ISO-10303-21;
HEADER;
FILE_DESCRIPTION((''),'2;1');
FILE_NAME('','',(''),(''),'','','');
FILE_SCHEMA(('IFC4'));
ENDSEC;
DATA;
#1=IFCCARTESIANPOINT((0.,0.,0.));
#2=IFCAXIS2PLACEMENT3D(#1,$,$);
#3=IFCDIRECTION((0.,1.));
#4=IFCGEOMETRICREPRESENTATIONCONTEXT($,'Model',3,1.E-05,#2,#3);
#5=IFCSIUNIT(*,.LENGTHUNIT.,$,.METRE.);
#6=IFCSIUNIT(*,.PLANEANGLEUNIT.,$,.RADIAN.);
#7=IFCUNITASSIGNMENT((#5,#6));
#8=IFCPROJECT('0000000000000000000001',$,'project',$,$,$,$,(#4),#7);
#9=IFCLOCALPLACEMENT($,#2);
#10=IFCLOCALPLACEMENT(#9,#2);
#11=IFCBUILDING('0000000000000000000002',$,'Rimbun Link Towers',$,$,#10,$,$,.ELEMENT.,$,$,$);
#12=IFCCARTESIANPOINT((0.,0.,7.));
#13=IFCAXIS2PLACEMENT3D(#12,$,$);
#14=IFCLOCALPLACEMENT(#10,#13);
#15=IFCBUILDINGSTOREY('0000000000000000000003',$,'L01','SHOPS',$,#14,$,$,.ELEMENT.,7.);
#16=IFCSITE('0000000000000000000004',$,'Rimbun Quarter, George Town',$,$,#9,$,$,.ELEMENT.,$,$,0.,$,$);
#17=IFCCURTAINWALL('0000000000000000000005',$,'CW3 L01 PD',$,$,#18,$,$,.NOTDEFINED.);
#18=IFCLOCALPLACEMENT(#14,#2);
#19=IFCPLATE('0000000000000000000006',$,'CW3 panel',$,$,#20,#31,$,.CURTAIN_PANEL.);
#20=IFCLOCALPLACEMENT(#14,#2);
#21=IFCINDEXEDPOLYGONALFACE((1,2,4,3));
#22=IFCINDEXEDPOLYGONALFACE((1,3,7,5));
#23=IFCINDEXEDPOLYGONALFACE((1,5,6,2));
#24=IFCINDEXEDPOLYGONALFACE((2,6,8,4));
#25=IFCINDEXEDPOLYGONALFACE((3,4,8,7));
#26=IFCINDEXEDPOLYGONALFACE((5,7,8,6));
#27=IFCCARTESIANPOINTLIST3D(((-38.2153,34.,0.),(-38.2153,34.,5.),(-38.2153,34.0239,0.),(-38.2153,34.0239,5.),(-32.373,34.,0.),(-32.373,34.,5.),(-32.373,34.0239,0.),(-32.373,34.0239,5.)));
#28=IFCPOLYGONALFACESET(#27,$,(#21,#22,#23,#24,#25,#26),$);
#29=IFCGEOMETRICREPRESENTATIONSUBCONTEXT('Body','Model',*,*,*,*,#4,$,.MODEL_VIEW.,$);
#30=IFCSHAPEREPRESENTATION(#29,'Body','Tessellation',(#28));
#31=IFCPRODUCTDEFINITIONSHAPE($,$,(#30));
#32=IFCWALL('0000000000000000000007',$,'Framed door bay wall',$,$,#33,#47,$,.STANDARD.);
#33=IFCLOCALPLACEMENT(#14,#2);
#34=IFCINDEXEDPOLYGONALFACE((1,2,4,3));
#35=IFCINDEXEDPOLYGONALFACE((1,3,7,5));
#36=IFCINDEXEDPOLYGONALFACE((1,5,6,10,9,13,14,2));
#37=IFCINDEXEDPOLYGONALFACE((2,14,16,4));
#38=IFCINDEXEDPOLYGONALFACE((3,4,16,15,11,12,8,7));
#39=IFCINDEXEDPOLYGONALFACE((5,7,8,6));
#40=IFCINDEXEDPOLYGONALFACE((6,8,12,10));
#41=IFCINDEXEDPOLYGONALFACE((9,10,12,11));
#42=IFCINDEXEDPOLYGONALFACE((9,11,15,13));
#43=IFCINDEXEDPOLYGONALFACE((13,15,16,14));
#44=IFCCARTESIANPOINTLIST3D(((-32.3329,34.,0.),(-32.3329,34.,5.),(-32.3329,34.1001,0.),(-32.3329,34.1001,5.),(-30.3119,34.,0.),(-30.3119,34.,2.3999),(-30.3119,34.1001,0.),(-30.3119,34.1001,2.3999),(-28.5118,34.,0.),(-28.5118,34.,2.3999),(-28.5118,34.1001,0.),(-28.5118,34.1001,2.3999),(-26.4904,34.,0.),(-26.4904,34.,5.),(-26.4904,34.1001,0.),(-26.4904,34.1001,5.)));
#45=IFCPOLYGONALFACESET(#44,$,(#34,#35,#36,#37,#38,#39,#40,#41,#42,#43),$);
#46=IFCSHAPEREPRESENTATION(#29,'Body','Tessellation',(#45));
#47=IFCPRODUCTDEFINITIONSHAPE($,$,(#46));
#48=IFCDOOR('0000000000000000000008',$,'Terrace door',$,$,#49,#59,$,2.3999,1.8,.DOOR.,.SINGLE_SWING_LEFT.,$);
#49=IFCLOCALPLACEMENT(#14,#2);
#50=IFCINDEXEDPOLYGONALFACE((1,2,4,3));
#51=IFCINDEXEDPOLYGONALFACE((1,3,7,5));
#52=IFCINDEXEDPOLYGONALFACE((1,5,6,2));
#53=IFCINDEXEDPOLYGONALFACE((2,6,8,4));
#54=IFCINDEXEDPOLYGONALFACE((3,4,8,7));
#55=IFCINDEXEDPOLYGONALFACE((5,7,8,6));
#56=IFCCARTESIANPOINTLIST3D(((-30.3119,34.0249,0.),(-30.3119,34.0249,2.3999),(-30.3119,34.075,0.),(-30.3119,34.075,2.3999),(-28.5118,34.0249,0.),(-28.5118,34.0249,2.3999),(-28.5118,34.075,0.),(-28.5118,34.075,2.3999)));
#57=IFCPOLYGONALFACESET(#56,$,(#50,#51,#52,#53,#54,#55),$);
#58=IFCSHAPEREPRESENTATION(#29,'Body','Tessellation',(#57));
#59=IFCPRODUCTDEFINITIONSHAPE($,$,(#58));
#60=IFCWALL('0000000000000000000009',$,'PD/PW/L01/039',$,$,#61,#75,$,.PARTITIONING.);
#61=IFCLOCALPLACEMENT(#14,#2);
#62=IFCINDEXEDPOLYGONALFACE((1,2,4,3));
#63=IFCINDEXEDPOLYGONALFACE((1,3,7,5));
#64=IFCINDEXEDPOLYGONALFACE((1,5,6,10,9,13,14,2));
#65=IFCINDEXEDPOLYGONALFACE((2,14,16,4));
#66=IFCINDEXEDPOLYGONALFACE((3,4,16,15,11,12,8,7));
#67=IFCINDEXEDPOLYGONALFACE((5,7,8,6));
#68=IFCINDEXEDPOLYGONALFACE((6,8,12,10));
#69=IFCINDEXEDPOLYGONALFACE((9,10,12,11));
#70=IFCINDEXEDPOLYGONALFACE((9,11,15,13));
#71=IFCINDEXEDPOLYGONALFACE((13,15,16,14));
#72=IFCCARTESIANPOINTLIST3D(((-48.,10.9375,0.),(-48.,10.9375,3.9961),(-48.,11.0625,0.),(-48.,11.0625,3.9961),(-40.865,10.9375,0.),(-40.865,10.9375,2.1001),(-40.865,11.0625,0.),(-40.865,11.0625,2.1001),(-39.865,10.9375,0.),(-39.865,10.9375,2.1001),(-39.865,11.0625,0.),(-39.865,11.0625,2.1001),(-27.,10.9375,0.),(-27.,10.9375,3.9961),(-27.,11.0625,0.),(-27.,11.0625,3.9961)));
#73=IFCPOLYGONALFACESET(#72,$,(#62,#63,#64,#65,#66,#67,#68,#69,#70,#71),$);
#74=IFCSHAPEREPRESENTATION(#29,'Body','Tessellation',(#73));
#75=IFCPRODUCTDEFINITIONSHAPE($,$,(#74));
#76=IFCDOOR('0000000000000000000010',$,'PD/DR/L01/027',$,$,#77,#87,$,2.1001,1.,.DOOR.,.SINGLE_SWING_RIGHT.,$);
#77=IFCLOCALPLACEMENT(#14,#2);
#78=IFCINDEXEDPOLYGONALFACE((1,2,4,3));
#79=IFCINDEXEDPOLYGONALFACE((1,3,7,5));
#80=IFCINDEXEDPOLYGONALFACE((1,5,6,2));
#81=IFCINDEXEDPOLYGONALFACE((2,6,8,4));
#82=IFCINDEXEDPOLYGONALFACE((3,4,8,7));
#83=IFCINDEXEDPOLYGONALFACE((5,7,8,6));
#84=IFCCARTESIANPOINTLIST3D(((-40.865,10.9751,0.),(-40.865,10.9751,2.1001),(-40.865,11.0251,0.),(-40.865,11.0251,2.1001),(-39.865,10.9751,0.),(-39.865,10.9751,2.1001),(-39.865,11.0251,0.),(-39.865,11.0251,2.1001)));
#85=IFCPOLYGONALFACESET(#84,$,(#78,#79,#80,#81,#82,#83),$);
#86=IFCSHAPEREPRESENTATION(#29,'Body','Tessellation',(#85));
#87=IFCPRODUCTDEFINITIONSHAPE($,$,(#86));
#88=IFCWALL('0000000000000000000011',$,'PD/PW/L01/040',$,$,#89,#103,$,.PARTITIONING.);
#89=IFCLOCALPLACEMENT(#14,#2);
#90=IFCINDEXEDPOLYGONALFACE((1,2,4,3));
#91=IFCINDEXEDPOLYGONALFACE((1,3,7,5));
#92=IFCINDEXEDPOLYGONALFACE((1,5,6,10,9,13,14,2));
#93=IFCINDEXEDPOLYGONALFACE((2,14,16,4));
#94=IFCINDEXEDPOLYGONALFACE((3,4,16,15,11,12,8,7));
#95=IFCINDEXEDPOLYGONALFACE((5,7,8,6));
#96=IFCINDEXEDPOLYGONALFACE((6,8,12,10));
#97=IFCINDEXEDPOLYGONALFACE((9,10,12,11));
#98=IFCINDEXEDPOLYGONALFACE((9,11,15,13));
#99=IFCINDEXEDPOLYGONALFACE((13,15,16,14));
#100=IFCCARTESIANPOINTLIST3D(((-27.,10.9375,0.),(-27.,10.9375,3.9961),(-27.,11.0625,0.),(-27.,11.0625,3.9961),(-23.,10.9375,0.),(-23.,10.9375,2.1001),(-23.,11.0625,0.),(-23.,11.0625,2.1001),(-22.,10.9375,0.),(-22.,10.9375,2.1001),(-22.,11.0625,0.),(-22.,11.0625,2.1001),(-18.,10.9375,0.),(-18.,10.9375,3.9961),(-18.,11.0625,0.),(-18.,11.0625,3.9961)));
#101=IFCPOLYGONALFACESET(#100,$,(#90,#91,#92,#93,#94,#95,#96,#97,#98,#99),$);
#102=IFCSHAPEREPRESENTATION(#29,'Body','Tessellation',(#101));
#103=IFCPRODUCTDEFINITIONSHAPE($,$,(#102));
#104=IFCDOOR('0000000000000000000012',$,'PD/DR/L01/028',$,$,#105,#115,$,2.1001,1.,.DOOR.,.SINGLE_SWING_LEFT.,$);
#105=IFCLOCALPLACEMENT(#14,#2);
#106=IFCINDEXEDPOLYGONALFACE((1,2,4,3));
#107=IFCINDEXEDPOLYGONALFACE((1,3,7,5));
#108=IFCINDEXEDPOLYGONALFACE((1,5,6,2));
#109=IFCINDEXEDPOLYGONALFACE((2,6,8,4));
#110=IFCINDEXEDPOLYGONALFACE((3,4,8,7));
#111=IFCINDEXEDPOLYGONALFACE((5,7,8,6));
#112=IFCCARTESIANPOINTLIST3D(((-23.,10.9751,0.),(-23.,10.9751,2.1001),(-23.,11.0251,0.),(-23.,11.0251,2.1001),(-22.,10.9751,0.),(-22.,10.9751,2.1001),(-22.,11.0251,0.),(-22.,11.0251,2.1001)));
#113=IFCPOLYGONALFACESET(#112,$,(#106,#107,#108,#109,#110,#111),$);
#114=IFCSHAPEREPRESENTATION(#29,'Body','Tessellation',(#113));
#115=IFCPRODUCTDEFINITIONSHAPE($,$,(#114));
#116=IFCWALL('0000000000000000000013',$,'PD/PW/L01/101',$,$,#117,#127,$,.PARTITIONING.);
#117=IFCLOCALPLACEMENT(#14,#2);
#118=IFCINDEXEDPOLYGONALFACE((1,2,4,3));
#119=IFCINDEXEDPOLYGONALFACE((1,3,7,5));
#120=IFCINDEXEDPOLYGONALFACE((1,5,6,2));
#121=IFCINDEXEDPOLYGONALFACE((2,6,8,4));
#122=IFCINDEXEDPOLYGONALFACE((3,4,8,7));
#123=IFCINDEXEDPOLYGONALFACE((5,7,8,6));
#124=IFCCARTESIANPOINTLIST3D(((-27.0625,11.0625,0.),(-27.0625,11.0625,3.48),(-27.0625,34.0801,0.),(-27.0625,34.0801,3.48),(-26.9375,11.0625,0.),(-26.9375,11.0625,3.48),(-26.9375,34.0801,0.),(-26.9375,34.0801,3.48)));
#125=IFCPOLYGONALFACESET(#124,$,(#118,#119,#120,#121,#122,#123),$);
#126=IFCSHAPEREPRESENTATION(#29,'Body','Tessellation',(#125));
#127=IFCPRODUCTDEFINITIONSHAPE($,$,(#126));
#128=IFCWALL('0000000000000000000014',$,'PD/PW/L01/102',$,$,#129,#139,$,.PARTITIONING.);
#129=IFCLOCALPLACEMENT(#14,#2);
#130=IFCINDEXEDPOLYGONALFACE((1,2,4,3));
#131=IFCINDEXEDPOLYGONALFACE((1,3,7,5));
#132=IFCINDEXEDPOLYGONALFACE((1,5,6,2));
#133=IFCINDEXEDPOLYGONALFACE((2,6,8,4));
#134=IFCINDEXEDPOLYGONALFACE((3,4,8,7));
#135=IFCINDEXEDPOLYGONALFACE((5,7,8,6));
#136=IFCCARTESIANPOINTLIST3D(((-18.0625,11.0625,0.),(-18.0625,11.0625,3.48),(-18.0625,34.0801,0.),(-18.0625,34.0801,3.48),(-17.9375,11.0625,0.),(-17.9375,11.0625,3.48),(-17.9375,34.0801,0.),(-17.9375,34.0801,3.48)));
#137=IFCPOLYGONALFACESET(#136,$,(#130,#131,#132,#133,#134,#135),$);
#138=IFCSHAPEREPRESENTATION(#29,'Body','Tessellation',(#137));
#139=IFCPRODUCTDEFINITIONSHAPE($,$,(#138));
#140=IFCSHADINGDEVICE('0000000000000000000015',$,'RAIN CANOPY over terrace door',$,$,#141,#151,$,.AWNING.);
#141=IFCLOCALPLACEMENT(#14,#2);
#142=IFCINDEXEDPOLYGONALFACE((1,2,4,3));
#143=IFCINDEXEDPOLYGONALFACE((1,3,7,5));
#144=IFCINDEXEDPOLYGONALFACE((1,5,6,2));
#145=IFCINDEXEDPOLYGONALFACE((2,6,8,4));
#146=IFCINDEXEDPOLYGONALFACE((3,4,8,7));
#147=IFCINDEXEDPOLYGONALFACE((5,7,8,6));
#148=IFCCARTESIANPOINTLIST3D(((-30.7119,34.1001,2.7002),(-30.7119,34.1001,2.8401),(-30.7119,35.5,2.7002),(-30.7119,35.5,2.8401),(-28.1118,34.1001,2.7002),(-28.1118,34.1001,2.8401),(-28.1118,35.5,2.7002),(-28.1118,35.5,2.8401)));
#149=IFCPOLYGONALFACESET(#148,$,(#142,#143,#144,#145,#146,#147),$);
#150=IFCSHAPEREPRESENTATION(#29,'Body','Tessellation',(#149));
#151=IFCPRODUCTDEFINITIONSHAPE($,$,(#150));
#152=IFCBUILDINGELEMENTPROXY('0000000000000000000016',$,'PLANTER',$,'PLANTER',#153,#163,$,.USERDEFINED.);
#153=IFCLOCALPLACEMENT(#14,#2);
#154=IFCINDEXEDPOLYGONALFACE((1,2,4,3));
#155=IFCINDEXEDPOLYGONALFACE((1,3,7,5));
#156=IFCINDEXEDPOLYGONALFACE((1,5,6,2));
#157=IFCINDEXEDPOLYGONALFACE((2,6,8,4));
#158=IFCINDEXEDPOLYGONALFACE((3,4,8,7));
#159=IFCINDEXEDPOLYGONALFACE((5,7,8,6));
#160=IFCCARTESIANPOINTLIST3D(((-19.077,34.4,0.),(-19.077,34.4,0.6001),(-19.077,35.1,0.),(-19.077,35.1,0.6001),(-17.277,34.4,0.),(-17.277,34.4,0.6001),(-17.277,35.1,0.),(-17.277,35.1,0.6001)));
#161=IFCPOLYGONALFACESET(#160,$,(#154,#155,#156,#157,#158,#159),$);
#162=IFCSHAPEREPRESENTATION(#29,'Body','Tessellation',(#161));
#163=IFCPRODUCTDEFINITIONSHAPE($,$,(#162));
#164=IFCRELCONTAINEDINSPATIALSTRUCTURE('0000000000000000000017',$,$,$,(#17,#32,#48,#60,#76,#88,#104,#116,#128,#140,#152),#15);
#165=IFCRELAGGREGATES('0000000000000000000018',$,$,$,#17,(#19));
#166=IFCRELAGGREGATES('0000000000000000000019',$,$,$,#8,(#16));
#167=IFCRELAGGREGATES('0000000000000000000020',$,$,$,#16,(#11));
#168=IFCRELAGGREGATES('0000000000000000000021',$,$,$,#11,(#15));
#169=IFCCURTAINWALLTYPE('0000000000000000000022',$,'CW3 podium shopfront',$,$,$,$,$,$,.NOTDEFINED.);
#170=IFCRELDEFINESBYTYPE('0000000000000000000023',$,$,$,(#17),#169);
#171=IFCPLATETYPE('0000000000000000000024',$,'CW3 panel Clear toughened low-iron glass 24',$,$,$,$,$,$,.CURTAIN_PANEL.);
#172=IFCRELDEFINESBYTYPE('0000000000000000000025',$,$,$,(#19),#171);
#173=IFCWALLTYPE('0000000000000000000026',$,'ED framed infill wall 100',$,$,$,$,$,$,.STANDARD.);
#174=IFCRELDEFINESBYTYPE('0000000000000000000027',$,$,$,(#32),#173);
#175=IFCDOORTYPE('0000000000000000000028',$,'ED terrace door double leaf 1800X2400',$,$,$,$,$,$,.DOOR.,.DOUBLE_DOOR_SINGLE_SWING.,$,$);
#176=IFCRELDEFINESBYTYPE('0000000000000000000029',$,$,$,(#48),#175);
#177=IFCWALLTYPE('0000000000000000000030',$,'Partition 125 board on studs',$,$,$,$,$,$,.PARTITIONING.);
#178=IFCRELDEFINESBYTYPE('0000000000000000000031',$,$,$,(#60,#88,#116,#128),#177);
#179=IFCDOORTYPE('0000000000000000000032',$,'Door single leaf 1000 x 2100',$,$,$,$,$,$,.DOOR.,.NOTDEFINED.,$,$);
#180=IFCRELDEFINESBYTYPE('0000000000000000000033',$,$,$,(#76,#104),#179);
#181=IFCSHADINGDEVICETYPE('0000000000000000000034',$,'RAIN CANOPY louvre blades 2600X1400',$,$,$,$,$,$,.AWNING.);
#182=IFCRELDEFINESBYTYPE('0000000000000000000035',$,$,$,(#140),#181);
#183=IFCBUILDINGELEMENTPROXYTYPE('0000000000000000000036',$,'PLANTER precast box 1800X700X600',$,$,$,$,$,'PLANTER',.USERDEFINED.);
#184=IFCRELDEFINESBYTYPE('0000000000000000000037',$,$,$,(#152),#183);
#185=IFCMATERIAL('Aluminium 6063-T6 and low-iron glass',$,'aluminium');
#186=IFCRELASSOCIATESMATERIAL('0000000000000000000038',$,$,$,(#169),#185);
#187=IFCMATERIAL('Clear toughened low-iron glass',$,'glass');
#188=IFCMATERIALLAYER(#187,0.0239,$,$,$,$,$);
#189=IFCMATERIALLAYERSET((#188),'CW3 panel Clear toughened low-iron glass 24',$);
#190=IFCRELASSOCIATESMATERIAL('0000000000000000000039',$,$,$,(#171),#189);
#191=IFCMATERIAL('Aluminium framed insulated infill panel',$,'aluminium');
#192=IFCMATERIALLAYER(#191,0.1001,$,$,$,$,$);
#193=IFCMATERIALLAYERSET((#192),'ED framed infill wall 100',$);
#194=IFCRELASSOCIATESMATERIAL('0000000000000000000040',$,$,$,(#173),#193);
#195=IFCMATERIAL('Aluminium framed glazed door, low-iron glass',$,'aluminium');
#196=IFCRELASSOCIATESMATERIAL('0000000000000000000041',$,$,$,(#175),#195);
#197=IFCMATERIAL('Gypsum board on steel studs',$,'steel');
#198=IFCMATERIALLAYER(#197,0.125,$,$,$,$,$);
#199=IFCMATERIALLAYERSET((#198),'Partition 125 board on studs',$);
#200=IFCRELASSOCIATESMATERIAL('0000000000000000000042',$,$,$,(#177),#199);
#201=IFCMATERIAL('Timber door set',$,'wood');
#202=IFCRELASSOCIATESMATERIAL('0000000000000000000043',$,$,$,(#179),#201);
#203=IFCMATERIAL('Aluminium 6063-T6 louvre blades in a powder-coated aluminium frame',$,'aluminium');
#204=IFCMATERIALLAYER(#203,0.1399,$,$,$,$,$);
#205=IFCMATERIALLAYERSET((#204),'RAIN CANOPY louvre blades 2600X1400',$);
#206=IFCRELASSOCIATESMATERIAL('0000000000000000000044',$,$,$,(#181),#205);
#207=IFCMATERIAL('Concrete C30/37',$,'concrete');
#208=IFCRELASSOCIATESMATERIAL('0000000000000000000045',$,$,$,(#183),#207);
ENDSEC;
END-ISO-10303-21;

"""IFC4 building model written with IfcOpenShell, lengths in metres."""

from ifc_helpers import new_model, si_unit, direction, frame, frame_2d, origin, origin_2d, place, context, subcontext, project, spatial, rectangle, extrude, material, layer, layer_set, type_object, element, fill, aggregate, save


model = new_model("IFC4")

# Units and contexts
model_context = context("Model", 3, precision=1e-05, world=origin(), true_north=direction((0.0, 1.0)))
body_context = subcontext(model_context, "Body", "Model", "MODEL_VIEW")
ifc_project = project(units=[si_unit("LENGTHUNIT", "METRE"), si_unit("PLANEANGLEUNIT", "RADIAN")], contexts=[model_context])

# Site, building, storey
site_placement = place(None, origin())
site = spatial("IfcSite", under=ifc_project, at=site_placement, Name="Rimbun Quarter, George Town", CompositionType="ELEMENT", RefElevation=0.0)
building_placement = place(site_placement, origin())
building = spatial("IfcBuilding", under=site, at=building_placement, Name="Rimbun Link Towers", CompositionType="ELEMENT")
storey_placement = place(building_placement, frame((0.0, 0.0, 7.0)))
storey = spatial("IfcBuildingStorey", under=building, at=storey_placement, Name="L01", Description="SHOPS", CompositionType="ELEMENT", Elevation=7.0)

# Curtain wall
ifc_material_1 = material(Name="Aluminium 6063-T6 and low-iron glass", Category="aluminium")
curtain_wall_type = type_object("IfcCurtainWallType", Name="CW3 podium shopfront", PredefinedType="NOTDEFINED", material=ifc_material_1)
curtain_wall_placement = place(storey_placement, origin())
curtain_wall = element("IfcCurtainWall", 1, at=curtain_wall_placement, inside=storey, type_object=curtain_wall_type, Name="CW3 L01 PD", PredefinedType="NOTDEFINED")

# Plate
ifc_material_2 = material(Name="Clear toughened low-iron glass", Category="glass")
ifc_layer_1 = layer(ifc_material_2, 0.0239)
ifc_layer_set_1 = layer_set([ifc_layer_1], Name="CW3 panel Clear toughened low-iron glass 24")
plate_type = type_object("IfcPlateType", Name="CW3 panel Clear toughened low-iron glass 24", PredefinedType="CURTAIN_PANEL", material=ifc_layer_set_1)
plate_1_placement = place(storey_placement, frame((-35.2942, 34.012, 0.0), z_axis=(0.0, 0.0, 1.0), x_axis=(1.0, 0.0, 0.0)))
plate_1 = element("IfcPlate", 2, at=plate_1_placement, type_object=plate_type, Name="CW3 panel", PredefinedType="CURTAIN_PANEL", context=body_context, shape_type="SweptSolid", body=[
    extrude(rectangle(XDim=5.8423, YDim=0.0239, at=origin_2d()), origin(), (0.0, 0.0, 1.0), 5.0),
])
aggregate(curtain_wall, [plate_1])

# Walls, openings, doors
ifc_material_3 = material(Name="Aluminium framed insulated infill panel", Category="aluminium")
ifc_layer_2 = layer(ifc_material_3, 0.1001)
ifc_layer_set_2 = layer_set([ifc_layer_2], Name="ED framed infill wall 100")
wall_type_1 = type_object("IfcWallType", Name="ED framed infill wall 100", PredefinedType="STANDARD", material=ifc_layer_set_2)
wall_1_placement = place(storey_placement, frame((-32.333, 34.05, 0.0), z_axis=(0.0, 0.0, 1.0), x_axis=(1.0, 0.0, 0.0)))
wall_1 = element("IfcWall", 3, at=wall_1_placement, inside=storey, type_object=wall_type_1, Name="Framed door bay wall", PredefinedType="STANDARD", context=body_context, shape_type="SweptSolid", body=[
    extrude(rectangle(XDim=5.8425, YDim=0.1001, at=frame_2d((2.9214, 0.0))), origin(), (0.0, 0.0, 1.0), 5.0),
])
opening_1_placement = place(wall_1_placement, frame((2.0212, 0.0, 0.0)))
opening_1 = element("IfcOpeningElement", 4, at=opening_1_placement, cuts=wall_1, PredefinedType="OPENING", context=body_context, shape_type="SweptSolid", body=[
    extrude(rectangle(XDim=1.8, YDim=2.3999, at=frame_2d((0.8999, 1.2))), frame((0.0, 0.0601, 0.0), z_axis=(0.0, -1.0, 0.0), x_axis=(1.0, 0.0, 0.0)), (0.0, 0.0, 1.0), 0.1201),
])
ifc_material_4 = material(Name="Aluminium framed glazed door, low-iron glass", Category="aluminium")
door_type_1 = type_object("IfcDoorType", Name="ED terrace door double leaf 1800X2400", OperationType="DOUBLE_DOOR_SINGLE_SWING", PredefinedType="DOOR", material=ifc_material_4)
door_1_placement = place(opening_1_placement, origin())
door_1 = element("IfcDoor", 5, at=door_1_placement, inside=storey, type_object=door_type_1, Name="Terrace door", OperationType="SINGLE_SWING_LEFT", OverallHeight=2.3999, OverallWidth=1.8, PredefinedType="DOOR", context=body_context, shape_type="SweptSolid", body=[
    extrude(rectangle(XDim=1.8, YDim=2.3999, at=frame_2d((0.8999, 1.2))), frame((0.0, 0.0249, 0.0), z_axis=(0.0, -1.0, 0.0), x_axis=(1.0, 0.0, 0.0)), (0.0, 0.0, 1.0), 0.05),
])
fill(opening_1, door_1)
ifc_material_5 = material(Name="Gypsum board on steel studs", Category="steel")
ifc_layer_3 = layer(ifc_material_5, 0.125)
ifc_layer_set_3 = layer_set([ifc_layer_3], Name="Partition 125 board on studs")
wall_type_2 = type_object("IfcWallType", Name="Partition 125 board on studs", PredefinedType="PARTITIONING", material=ifc_layer_set_3)
wall_2_placement = place(storey_placement, frame((-27.0, 11.0, 0.0), z_axis=(0.0, 0.0, 1.0), x_axis=(-1.0, 0.0, 0.0)))
wall_2 = element("IfcWall", 6, at=wall_2_placement, inside=storey, type_object=wall_type_2, Name="PD/PW/L01/039", PredefinedType="PARTITIONING", context=body_context, shape_type="SweptSolid", body=[
    extrude(rectangle(XDim=21.0, YDim=0.125, at=frame_2d((10.5, 0.0))), origin(), (0.0, 0.0, 1.0), 3.9961),
])
opening_2_placement = place(wall_2_placement, frame((12.865, 0.0, 0.0)))
opening_2 = element("IfcOpeningElement", 7, at=opening_2_placement, cuts=wall_2, PredefinedType="OPENING", context=body_context, shape_type="SweptSolid", body=[
    extrude(rectangle(XDim=1.0, YDim=2.1001, at=frame_2d((0.5, 1.05))), frame((0.0, 0.0725, 0.0), z_axis=(0.0, -1.0, 0.0), x_axis=(1.0, 0.0, 0.0)), (0.0, 0.0, 1.0), 0.145),
])
ifc_material_6 = material(Name="Timber door set", Category="wood")
door_type_2 = type_object("IfcDoorType", Name="Door single leaf 1000 x 2100", OperationType="NOTDEFINED", PredefinedType="DOOR", material=ifc_material_6)
door_2_placement = place(opening_2_placement, origin())
door_2 = element("IfcDoor", 8, at=door_2_placement, inside=storey, type_object=door_type_2, Name="PD/DR/L01/027", OperationType="SINGLE_SWING_RIGHT", OverallHeight=2.1001, OverallWidth=1.0, PredefinedType="DOOR", context=body_context, shape_type="SweptSolid", body=[
    extrude(rectangle(XDim=1.0, YDim=2.1001, at=frame_2d((0.5, 1.05))), frame((0.0, 0.0249, 0.0), z_axis=(0.0, -1.0, 0.0), x_axis=(1.0, 0.0, 0.0)), (0.0, 0.0, 1.0), 0.05),
])
fill(opening_2, door_2)
wall_3_placement = place(storey_placement, frame((-18.0, 11.0, 0.0), z_axis=(0.0, 0.0, 1.0), x_axis=(-1.0, 0.0, 0.0)))
wall_3 = element("IfcWall", 9, at=wall_3_placement, inside=storey, type_object=wall_type_2, Name="PD/PW/L01/040", PredefinedType="PARTITIONING", context=body_context, shape_type="SweptSolid", body=[
    extrude(rectangle(XDim=9.0, YDim=0.125, at=frame_2d((4.5, 0.0))), origin(), (0.0, 0.0, 1.0), 3.9961),
])
opening_3_placement = place(wall_3_placement, frame((4.0, 0.0, 0.0)))
opening_3 = element("IfcOpeningElement", 10, at=opening_3_placement, cuts=wall_3, PredefinedType="OPENING", context=body_context, shape_type="SweptSolid", body=[
    extrude(rectangle(XDim=1.0, YDim=2.1001, at=frame_2d((0.5, 1.05))), frame((0.0, 0.0725, 0.0), z_axis=(0.0, -1.0, 0.0), x_axis=(1.0, 0.0, 0.0)), (0.0, 0.0, 1.0), 0.145),
])
door_3_placement = place(opening_3_placement, origin())
door_3 = element("IfcDoor", 11, at=door_3_placement, inside=storey, type_object=door_type_2, Name="PD/DR/L01/028", OperationType="SINGLE_SWING_LEFT", OverallHeight=2.1001, OverallWidth=1.0, PredefinedType="DOOR", context=body_context, shape_type="SweptSolid", body=[
    extrude(rectangle(XDim=1.0, YDim=2.1001, at=frame_2d((0.5, 1.05))), frame((0.0, 0.0249, 0.0), z_axis=(0.0, -1.0, 0.0), x_axis=(1.0, 0.0, 0.0)), (0.0, 0.0, 1.0), 0.05),
])
fill(opening_3, door_3)

# Walls
for number, where, z_axis, x_axis, name in (
    (12, (-27.0, 11.0625, 0.0), (0.0, 0.0, 1.0), (0.0, 1.0, 0.0), "PD/PW/L01/101"),
    (13, (-18.0, 11.0625, 0.0), (0.0, 0.0, 1.0), (0.0, 1.0, 0.0), "PD/PW/L01/102"),
):
    element("IfcWall", number, at=place(storey_placement, frame(where, z_axis=z_axis, x_axis=x_axis)), inside=storey, type_object=wall_type_2, Name=name, PredefinedType="PARTITIONING", context=body_context, shape_type="SweptSolid", body=[
        extrude(rectangle(XDim=23.0176, YDim=0.125, at=frame_2d((11.5088, 0.0))), origin(), (0.0, 0.0, 1.0), 3.48),
    ])

# Shading device
ifc_material_7 = material(Name="Aluminium 6063-T6 louvre blades in a powder-coated aluminium frame", Category="aluminium")
ifc_layer_4 = layer(ifc_material_7, 0.1399)
ifc_layer_set_4 = layer_set([ifc_layer_4], Name="RAIN CANOPY louvre blades 2600X1400")
shading_device_type = type_object("IfcShadingDeviceType", Name="RAIN CANOPY louvre blades 2600X1400", PredefinedType="AWNING", material=ifc_layer_set_4)
shading_device_placement = place(storey_placement, frame((-29.4119, 34.8, 2.7002), z_axis=(0.0, 0.0, 1.0), x_axis=(1.0, 0.0, 0.0)))
element("IfcShadingDevice", 14, at=shading_device_placement, inside=storey, type_object=shading_device_type, Name="RAIN CANOPY over terrace door", PredefinedType="AWNING", context=body_context, shape_type="SweptSolid", body=[
    extrude(rectangle(XDim=2.6001, YDim=1.3999, at=origin_2d()), origin(), (0.0, 0.0, 1.0), 0.1399),
])

# Building element proxy
ifc_material_8 = material(Name="Concrete C30/37", Category="concrete")
building_element_proxy_type = type_object("IfcBuildingElementProxyType", Name="PLANTER precast box 1800X700X600", ElementType="PLANTER", PredefinedType="USERDEFINED", material=ifc_material_8)
proxy_placement = place(storey_placement, frame((-18.177, 34.75, 0.0), z_axis=(0.0, 0.0, 1.0), x_axis=(-1.0, 0.0, 0.0)))
element("IfcBuildingElementProxy", 15, at=proxy_placement, inside=storey, type_object=building_element_proxy_type, Name="PLANTER", ObjectType="PLANTER", PredefinedType="USERDEFINED", context=body_context, shape_type="SweptSolid", body=[
    extrude(rectangle(XDim=1.8, YDim=0.7, at=origin_2d()), origin(), (0.0, 0.0, 1.0), 0.6001),
])

save(model, "model.ifc")
